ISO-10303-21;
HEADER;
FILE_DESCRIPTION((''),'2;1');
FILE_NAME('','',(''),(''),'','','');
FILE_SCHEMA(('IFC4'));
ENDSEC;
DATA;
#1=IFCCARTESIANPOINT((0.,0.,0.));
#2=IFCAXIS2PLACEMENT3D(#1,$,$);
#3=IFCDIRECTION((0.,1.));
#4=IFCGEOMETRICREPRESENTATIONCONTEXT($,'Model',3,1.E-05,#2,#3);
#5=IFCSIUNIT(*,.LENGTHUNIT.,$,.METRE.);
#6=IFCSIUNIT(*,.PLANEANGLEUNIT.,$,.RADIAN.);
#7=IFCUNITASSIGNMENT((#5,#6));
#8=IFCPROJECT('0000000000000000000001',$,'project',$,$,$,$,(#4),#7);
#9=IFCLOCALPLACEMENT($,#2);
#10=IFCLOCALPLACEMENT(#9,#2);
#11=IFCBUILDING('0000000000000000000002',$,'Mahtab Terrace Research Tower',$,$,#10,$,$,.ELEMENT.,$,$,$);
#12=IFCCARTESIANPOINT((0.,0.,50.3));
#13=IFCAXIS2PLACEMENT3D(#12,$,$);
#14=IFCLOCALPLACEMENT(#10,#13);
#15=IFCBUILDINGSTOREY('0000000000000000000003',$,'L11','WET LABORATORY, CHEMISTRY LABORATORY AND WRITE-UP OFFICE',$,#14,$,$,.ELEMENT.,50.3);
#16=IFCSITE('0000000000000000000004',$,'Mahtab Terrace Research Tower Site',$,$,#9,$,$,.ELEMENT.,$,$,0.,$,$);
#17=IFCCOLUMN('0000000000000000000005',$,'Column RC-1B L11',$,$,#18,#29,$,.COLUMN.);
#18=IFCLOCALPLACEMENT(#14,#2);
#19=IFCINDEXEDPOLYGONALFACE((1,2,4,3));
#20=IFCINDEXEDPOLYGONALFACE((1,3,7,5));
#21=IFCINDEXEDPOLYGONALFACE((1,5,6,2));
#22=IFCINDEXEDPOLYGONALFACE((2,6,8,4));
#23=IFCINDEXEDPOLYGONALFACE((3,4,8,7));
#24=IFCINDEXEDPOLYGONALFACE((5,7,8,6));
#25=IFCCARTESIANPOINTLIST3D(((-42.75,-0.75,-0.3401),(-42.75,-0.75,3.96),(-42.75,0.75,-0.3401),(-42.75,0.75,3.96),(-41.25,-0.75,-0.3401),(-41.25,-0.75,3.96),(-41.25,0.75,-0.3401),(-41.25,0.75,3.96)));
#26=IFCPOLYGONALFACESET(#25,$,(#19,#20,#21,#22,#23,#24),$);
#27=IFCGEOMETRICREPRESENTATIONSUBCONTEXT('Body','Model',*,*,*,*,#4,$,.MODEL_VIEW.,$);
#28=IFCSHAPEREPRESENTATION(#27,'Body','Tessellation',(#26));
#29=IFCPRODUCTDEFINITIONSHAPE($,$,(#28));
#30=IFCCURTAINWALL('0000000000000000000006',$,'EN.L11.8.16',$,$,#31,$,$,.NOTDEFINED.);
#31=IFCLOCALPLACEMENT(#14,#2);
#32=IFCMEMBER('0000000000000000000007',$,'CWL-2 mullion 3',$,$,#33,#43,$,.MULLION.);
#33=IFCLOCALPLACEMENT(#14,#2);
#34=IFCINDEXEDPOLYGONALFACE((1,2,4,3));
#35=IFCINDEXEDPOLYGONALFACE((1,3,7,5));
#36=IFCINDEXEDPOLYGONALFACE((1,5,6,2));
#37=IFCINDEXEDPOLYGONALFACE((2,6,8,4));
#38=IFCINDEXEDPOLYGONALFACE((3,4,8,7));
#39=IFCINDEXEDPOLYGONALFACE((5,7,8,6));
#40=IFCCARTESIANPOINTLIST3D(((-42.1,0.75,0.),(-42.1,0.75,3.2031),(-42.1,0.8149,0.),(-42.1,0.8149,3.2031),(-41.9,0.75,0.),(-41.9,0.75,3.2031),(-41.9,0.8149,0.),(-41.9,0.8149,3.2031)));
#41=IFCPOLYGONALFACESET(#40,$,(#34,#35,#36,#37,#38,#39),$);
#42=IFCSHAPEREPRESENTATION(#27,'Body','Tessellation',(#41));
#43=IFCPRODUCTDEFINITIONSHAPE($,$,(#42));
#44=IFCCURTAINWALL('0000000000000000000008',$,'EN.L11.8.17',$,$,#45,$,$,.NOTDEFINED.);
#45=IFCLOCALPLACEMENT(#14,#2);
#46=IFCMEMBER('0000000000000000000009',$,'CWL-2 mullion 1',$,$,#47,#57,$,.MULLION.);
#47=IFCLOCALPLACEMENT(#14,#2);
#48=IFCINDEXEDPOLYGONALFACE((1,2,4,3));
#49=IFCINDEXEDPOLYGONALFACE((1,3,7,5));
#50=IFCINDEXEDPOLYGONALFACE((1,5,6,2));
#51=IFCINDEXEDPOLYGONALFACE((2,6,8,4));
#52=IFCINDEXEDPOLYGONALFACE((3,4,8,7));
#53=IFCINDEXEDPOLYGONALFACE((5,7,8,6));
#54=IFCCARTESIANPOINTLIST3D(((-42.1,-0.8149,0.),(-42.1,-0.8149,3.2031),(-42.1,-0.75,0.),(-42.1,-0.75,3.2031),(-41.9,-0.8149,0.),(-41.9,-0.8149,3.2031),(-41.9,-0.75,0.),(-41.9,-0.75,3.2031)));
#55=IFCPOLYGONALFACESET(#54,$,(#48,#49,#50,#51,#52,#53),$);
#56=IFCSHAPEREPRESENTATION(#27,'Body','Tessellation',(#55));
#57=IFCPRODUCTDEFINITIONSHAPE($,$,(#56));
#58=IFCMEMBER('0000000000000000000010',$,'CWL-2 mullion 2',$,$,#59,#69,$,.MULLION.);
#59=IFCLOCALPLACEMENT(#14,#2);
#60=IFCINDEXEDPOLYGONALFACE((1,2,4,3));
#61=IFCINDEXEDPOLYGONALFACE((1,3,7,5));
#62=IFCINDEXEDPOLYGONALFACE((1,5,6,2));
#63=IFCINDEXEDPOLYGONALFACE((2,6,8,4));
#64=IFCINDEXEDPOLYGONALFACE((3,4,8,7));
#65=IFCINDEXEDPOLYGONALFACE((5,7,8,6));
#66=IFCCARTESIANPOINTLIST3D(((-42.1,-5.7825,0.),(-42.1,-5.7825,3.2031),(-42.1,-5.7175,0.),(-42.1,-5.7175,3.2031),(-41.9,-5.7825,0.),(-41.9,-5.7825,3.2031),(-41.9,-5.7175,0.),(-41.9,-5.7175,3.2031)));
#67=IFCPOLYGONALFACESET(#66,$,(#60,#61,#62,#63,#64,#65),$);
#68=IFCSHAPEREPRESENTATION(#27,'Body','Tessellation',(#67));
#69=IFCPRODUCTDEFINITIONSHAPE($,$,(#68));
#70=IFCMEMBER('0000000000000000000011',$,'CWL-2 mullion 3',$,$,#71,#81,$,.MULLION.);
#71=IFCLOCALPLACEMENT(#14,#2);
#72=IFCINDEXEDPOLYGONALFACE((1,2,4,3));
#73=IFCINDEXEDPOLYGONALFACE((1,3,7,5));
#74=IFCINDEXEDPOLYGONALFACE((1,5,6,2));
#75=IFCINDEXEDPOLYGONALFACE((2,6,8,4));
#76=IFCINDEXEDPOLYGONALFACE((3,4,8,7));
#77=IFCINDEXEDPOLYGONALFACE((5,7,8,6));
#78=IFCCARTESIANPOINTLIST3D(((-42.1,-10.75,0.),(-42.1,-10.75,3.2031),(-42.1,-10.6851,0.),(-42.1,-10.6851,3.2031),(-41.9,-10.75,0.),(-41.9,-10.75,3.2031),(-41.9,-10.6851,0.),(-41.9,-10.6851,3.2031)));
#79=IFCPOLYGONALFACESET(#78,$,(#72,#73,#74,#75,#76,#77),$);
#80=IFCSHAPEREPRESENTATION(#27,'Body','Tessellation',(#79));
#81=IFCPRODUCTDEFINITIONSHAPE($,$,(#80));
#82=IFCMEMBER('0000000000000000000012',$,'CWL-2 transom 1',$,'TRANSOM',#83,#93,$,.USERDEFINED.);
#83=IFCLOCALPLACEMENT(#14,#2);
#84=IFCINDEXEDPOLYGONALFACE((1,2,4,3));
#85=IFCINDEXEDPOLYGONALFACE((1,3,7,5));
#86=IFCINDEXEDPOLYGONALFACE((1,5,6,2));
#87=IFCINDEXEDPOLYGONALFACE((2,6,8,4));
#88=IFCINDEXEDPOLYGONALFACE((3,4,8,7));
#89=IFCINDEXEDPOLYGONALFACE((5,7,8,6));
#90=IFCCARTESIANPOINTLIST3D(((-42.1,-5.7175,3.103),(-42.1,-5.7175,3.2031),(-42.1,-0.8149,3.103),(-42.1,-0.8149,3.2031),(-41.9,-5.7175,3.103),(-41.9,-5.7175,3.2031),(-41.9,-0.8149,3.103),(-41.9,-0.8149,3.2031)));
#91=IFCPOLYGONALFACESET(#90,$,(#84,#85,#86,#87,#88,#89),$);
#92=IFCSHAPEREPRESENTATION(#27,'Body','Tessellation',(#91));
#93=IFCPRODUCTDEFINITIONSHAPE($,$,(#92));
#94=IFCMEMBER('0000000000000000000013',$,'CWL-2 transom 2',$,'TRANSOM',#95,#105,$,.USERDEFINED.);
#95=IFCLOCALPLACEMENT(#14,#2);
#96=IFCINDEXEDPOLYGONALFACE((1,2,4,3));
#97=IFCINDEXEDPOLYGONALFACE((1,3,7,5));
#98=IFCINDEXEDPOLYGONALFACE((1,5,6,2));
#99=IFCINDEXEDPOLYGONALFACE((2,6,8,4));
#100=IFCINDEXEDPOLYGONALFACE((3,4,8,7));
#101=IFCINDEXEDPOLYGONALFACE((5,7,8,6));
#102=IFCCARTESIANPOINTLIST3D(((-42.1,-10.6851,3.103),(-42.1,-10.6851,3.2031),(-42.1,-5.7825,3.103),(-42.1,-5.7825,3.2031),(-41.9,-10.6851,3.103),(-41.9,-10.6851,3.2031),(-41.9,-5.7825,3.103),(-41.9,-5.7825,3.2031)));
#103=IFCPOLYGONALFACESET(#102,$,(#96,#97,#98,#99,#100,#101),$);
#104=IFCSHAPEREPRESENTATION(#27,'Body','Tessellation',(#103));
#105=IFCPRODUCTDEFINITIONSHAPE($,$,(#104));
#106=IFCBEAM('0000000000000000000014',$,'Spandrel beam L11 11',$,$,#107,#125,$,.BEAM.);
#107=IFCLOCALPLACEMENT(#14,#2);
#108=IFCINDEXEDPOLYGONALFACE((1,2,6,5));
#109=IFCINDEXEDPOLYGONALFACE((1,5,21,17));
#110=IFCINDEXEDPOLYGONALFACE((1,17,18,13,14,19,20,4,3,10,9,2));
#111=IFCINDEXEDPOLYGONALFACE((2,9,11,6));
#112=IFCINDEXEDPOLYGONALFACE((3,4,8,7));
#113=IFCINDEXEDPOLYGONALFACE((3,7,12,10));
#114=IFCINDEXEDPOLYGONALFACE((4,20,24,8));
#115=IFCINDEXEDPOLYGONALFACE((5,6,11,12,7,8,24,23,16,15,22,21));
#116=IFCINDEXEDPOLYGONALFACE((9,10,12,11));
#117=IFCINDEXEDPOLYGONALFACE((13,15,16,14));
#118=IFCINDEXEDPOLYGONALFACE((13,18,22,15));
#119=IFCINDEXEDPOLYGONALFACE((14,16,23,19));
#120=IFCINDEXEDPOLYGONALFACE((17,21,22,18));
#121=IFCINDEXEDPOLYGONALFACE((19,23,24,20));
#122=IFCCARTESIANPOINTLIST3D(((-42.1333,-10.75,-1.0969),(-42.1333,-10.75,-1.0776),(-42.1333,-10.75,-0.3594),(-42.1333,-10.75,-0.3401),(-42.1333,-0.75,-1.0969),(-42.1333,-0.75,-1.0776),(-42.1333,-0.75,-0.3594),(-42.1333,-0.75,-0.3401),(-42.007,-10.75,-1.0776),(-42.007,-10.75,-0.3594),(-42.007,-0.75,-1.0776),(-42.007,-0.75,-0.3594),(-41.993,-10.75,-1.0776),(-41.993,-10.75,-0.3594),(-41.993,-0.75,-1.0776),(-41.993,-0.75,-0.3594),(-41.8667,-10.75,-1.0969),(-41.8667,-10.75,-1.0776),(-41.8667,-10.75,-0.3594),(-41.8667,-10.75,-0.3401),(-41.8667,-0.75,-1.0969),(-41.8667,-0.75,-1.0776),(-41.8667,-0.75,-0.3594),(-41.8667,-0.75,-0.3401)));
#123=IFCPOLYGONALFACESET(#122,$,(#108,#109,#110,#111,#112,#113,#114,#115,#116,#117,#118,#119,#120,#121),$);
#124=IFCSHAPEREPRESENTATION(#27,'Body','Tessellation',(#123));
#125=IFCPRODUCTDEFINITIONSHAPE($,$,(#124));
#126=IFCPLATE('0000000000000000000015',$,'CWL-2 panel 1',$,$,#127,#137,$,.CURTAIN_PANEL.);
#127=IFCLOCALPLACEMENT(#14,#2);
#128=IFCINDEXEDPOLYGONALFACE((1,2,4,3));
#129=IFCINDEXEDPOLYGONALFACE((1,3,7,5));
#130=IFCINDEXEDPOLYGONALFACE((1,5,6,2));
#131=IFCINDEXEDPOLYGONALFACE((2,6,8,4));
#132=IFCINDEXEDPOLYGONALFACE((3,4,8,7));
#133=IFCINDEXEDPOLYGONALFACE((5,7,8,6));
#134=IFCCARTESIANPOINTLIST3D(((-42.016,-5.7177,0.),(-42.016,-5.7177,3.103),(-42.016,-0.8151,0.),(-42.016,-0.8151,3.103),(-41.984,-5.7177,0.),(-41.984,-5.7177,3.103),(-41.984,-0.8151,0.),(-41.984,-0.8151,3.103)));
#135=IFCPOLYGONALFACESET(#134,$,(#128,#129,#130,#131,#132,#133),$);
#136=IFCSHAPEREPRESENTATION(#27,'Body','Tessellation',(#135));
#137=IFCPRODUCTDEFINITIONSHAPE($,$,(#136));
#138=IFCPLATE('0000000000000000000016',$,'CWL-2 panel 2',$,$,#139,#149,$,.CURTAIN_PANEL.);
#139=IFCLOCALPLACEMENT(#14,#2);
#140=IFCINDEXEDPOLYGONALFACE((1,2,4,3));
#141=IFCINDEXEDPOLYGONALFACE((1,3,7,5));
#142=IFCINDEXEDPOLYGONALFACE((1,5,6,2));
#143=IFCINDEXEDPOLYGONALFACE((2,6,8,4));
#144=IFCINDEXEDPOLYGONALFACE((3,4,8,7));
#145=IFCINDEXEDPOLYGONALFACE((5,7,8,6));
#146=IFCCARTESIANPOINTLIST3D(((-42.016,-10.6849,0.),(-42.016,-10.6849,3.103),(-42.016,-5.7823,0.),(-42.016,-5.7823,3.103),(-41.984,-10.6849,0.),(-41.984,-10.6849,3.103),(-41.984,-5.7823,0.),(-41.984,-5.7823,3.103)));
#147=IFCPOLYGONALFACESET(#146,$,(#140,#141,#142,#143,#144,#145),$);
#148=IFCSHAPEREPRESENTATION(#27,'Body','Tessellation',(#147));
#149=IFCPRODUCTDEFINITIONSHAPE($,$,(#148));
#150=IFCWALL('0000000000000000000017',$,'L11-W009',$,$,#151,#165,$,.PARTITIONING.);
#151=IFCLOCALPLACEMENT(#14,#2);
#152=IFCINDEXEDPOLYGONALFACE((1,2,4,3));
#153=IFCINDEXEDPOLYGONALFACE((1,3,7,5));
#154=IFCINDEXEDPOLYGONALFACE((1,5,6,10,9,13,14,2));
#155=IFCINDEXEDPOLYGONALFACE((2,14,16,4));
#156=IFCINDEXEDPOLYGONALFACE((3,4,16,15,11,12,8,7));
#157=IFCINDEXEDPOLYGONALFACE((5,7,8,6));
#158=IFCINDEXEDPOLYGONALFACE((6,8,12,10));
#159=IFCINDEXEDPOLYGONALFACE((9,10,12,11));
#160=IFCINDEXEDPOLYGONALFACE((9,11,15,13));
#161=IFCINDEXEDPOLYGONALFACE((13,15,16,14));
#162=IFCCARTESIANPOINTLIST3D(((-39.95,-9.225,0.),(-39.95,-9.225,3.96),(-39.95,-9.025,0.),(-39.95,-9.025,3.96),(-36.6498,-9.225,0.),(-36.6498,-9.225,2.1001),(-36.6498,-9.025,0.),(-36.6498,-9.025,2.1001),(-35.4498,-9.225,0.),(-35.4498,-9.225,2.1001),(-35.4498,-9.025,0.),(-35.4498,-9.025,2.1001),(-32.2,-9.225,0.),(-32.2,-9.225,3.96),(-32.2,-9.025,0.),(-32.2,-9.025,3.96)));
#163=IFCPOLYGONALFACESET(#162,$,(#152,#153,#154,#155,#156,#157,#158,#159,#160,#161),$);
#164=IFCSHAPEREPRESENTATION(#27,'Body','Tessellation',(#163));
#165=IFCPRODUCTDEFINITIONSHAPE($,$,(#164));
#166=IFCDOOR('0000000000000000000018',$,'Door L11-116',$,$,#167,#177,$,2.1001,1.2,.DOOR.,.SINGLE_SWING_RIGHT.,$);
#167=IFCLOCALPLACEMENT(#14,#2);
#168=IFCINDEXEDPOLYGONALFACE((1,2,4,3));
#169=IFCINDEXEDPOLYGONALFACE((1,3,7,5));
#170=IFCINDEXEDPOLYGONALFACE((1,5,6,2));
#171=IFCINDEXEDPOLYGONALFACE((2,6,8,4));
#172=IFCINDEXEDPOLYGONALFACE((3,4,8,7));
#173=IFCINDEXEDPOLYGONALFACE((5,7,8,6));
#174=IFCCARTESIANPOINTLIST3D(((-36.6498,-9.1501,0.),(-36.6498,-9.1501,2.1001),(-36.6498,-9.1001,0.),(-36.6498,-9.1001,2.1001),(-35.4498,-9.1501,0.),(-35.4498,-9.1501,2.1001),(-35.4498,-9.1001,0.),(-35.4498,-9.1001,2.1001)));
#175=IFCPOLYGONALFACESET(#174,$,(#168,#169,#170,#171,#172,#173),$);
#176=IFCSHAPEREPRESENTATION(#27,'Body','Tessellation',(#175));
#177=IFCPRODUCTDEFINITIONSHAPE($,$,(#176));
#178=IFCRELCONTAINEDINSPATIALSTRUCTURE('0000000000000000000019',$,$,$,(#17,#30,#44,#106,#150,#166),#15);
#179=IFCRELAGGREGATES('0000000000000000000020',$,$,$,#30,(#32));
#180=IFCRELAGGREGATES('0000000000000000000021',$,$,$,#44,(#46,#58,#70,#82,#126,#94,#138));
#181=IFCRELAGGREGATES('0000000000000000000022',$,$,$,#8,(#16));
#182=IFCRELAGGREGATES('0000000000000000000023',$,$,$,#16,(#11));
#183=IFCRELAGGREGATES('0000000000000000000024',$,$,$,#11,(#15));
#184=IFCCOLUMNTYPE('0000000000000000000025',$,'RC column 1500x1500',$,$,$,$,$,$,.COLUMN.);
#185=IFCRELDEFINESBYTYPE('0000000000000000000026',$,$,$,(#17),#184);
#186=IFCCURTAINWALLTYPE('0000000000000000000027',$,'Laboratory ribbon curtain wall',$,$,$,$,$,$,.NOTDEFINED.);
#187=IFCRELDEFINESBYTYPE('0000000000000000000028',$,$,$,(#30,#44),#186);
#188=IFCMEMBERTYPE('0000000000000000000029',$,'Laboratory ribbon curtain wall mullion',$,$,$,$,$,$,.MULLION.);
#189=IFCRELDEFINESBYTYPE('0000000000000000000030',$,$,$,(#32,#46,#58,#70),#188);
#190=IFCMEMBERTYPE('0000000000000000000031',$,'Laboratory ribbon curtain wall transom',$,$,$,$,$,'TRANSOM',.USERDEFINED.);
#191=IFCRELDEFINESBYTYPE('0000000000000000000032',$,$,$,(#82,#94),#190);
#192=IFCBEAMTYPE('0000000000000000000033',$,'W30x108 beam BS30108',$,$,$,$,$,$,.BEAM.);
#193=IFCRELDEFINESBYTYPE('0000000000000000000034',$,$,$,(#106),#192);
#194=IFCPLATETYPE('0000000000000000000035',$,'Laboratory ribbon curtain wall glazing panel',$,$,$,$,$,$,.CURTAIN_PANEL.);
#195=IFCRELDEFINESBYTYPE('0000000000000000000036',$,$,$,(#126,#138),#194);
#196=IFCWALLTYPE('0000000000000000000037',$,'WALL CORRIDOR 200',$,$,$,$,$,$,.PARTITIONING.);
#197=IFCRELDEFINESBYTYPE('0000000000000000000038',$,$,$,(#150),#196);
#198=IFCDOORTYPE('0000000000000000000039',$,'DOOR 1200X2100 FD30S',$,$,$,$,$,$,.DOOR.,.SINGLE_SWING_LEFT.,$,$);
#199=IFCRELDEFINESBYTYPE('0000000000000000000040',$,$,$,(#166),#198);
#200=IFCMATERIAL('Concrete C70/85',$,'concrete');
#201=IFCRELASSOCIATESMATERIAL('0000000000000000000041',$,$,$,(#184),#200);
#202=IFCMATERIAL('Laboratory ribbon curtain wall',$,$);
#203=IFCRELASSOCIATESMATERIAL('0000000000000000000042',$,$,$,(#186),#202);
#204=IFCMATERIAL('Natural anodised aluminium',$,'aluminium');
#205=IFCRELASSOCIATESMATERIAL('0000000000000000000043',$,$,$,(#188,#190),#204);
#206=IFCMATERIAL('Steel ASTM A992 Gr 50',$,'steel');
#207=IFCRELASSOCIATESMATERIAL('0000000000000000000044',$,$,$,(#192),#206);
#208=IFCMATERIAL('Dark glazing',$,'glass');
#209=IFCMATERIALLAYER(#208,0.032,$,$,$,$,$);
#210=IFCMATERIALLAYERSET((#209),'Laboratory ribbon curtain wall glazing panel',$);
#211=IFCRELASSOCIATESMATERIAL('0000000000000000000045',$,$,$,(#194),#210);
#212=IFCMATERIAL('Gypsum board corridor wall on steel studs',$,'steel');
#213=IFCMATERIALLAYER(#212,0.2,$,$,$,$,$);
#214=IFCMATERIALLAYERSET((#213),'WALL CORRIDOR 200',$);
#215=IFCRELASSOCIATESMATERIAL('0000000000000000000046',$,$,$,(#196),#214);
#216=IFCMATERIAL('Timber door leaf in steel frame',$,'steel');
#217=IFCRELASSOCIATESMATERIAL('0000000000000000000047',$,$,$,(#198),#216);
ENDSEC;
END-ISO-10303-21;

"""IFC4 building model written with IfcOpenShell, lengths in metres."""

from ifc_helpers import new_model, si_unit, direction, frame, frame_2d, origin, origin_2d, place, context, subcontext, project, spatial, rectangle, i_section, extrude, material, layer, layer_set, material_profile, profile_set, type_object, element, fill, aggregate, save


model = new_model("IFC4")

# Units and contexts
model_context = context("Model", 3, precision=1e-05, world=origin(), true_north=direction((0.0, 1.0)))
body_context = subcontext(model_context, "Body", "Model", "MODEL_VIEW")
ifc_project = project(units=[si_unit("LENGTHUNIT", "METRE"), si_unit("PLANEANGLEUNIT", "RADIAN")], contexts=[model_context])

# Site, building, storey
site_placement = place(None, origin())
site = spatial("IfcSite", under=ifc_project, at=site_placement, Name="Mahtab Terrace Research Tower Site", CompositionType="ELEMENT", RefElevation=0.0)
building_placement = place(site_placement, origin())
building = spatial("IfcBuilding", under=site, at=building_placement, Name="Mahtab Terrace Research Tower", CompositionType="ELEMENT")
storey_placement = place(building_placement, frame((0.0, 0.0, 50.3)))
storey = spatial("IfcBuildingStorey", under=building, at=storey_placement, Name="L11", Description="WET LABORATORY, CHEMISTRY LABORATORY AND WRITE-UP OFFICE", CompositionType="ELEMENT", Elevation=50.3)

# Column
ifc_material_1 = material(Name="Concrete C70/85", Category="concrete")
ifc_material_profile_1 = material_profile(ifc_material_1, rectangle(XDim=1.5, YDim=1.5, at=origin_2d()), Name="RC column 1500x1500")
ifc_profile_set_1 = profile_set([ifc_material_profile_1], Name="Concrete C70/85")
column_type = type_object("IfcColumnType", Name="RC column 1500x1500", PredefinedType="COLUMN", material=ifc_profile_set_1)
column_placement = place(storey_placement, frame((-42.0, 0.0, -0.3401), z_axis=(0.0, 0.0, 1.0), x_axis=(1.0, 0.0, 0.0)))
element("IfcColumn", 1, at=column_placement, inside=storey, type_object=column_type, Name="Column RC-1B L11", PredefinedType="COLUMN", context=body_context, shape_type="SweptSolid", body=[
    extrude(rectangle(XDim=1.5, YDim=1.5, at=origin_2d()), origin(), (0.0, 0.0, 1.0), 4.3),
])

# Curtain wall, member
ifc_material_2 = material(Name="Laboratory ribbon curtain wall")
curtain_wall_type = type_object("IfcCurtainWallType", Name="Laboratory ribbon curtain wall", PredefinedType="NOTDEFINED", material=ifc_material_2)
curtain_wall_1_placement = place(storey_placement, origin())
curtain_wall_1 = element("IfcCurtainWall", 2, at=curtain_wall_1_placement, inside=storey, type_object=curtain_wall_type, Name="EN.L11.8.16", PredefinedType="NOTDEFINED")
ifc_material_3 = material(Name="Natural anodised aluminium", Category="aluminium")
ifc_material_profile_2 = material_profile(ifc_material_3, rectangle(XDim=0.2, YDim=0.0649, at=origin_2d()), Name="MULLION 65x200")
ifc_profile_set_2 = profile_set([ifc_material_profile_2], Name="Natural anodised aluminium")
member_type_1 = type_object("IfcMemberType", Name="Laboratory ribbon curtain wall mullion", PredefinedType="MULLION", material=ifc_profile_set_2)
member_1_placement = place(storey_placement, frame((-42.0, 0.7825, 0.0), z_axis=(0.0, 0.0, 1.0), x_axis=(1.0, 0.0, 0.0)))
member_1 = element("IfcMember", 3, at=member_1_placement, type_object=member_type_1, Name="CWL-2 mullion 3", PredefinedType="MULLION", context=body_context, shape_type="SweptSolid", body=[
    extrude(rectangle(XDim=0.2, YDim=0.0649, at=origin_2d()), origin(), (0.0, 0.0, 1.0), 3.2031),
])
aggregate(curtain_wall_1, [member_1])

# Curtain wall, members
curtain_wall_2_placement = place(storey_placement, origin())
curtain_wall_2 = element("IfcCurtainWall", 4, at=curtain_wall_2_placement, inside=storey, type_object=curtain_wall_type, Name="EN.L11.8.17", PredefinedType="NOTDEFINED")
member_2_placement = place(storey_placement, frame((-42.0, -0.7825, 0.0), z_axis=(0.0, 0.0, 1.0), x_axis=(1.0, 0.0, 0.0)))
member_2 = element("IfcMember", 5, at=member_2_placement, type_object=member_type_1, Name="CWL-2 mullion 1", PredefinedType="MULLION", context=body_context, shape_type="SweptSolid", body=[
    extrude(rectangle(XDim=0.2, YDim=0.0649, at=origin_2d()), origin(), (0.0, 0.0, 1.0), 3.2031),
])
member_3_placement = place(storey_placement, frame((-42.0, -5.75, 0.0), z_axis=(0.0, 0.0, 1.0), x_axis=(1.0, 0.0, 0.0)))
member_3 = element("IfcMember", 6, at=member_3_placement, type_object=member_type_1, Name="CWL-2 mullion 2", PredefinedType="MULLION", context=body_context, shape_type="SweptSolid", body=[
    extrude(rectangle(XDim=0.2, YDim=0.0649, at=origin_2d()), origin(), (0.0, 0.0, 1.0), 3.2031),
])
member_4_placement = place(storey_placement, frame((-42.0, -10.7175, 0.0), z_axis=(0.0, 0.0, 1.0), x_axis=(1.0, 0.0, 0.0)))
member_4 = element("IfcMember", 7, at=member_4_placement, type_object=member_type_1, Name="CWL-2 mullion 3", PredefinedType="MULLION", context=body_context, shape_type="SweptSolid", body=[
    extrude(rectangle(XDim=0.2, YDim=0.0649, at=origin_2d()), origin(), (0.0, 0.0, 1.0), 3.2031),
])
ifc_material_profile_3 = material_profile(ifc_material_3, rectangle(XDim=0.2, YDim=0.1001, at=origin_2d()), Name="TRANSOM 100x200")
ifc_profile_set_3 = profile_set([ifc_material_profile_3], Name="Natural anodised aluminium")
member_type_2 = type_object("IfcMemberType", Name="Laboratory ribbon curtain wall transom", ElementType="TRANSOM", PredefinedType="USERDEFINED", material=ifc_profile_set_3)
member_5_placement = place(storey_placement, frame((-42.0, -0.8149, 3.1531), z_axis=(0.0, -1.0, 0.0), x_axis=(1.0, 0.0, 0.0)))
member_5 = element("IfcMember", 8, at=member_5_placement, type_object=member_type_2, Name="CWL-2 transom 1", ObjectType="TRANSOM", PredefinedType="USERDEFINED", context=body_context, shape_type="SweptSolid", body=[
    extrude(rectangle(XDim=0.2, YDim=0.1001, at=origin_2d()), origin(), (0.0, 0.0, 1.0), 4.9026),
])
member_6_placement = place(storey_placement, frame((-42.0, -5.7825, 3.1531), z_axis=(0.0, -1.0, 0.0), x_axis=(1.0, 0.0, 0.0)))
member_6 = element("IfcMember", 9, at=member_6_placement, type_object=member_type_2, Name="CWL-2 transom 2", ObjectType="TRANSOM", PredefinedType="USERDEFINED", context=body_context, shape_type="SweptSolid", body=[
    extrude(rectangle(XDim=0.2, YDim=0.1001, at=origin_2d()), origin(), (0.0, 0.0, 1.0), 4.9026),
])

# Beam
ifc_material_4 = material(Name="Steel ASTM A992 Gr 50", Category="steel")
ifc_material_profile_4 = material_profile(ifc_material_4, i_section(OverallWidth=0.2666, OverallDepth=0.7568, WebThickness=0.0139, FlangeThickness=0.0193, at=origin_2d()), Name="W30X108")
ifc_profile_set_4 = profile_set([ifc_material_profile_4], Name="Steel ASTM A992 Gr 50")
beam_type = type_object("IfcBeamType", Name="W30x108 beam BS30108", PredefinedType="BEAM", material=ifc_profile_set_4)
beam_placement = place(storey_placement, frame((-42.0, -0.75, -0.7185), z_axis=(0.0, -1.0, 0.0), x_axis=(1.0, 0.0, 0.0)))
element("IfcBeam", 10, at=beam_placement, inside=storey, type_object=beam_type, Name="Spandrel beam L11 11", PredefinedType="BEAM", context=body_context, shape_type="SweptSolid", body=[
    extrude(i_section(OverallWidth=0.2666, OverallDepth=0.7568, WebThickness=0.0139, FlangeThickness=0.0193, at=origin_2d()), origin(), (0.0, 0.0, 1.0), 10.0),
])

# Plates
ifc_material_5 = material(Name="Dark glazing", Category="glass")
ifc_layer_1 = layer(ifc_material_5, 0.032)
ifc_layer_set_1 = layer_set([ifc_layer_1], Name="Laboratory ribbon curtain wall glazing panel")
plate_type = type_object("IfcPlateType", Name="Laboratory ribbon curtain wall glazing panel", PredefinedType="CURTAIN_PANEL", material=ifc_layer_set_1)
plate_1_placement = place(storey_placement, frame((-42.0, -3.2664, 0.0), z_axis=(0.0, 0.0, 1.0), x_axis=(0.0, -1.0, 0.0)))
plate_1 = element("IfcPlate", 11, at=plate_1_placement, type_object=plate_type, Name="CWL-2 panel 1", PredefinedType="CURTAIN_PANEL", context=body_context, shape_type="SweptSolid", body=[
    extrude(rectangle(XDim=4.9026, YDim=0.032, at=origin_2d()), origin(), (0.0, 0.0, 1.0), 3.103),
])
plate_2_placement = place(storey_placement, frame((-42.0, -8.2336, 0.0), z_axis=(0.0, 0.0, 1.0), x_axis=(0.0, -1.0, 0.0)))
plate_2 = element("IfcPlate", 12, at=plate_2_placement, type_object=plate_type, Name="CWL-2 panel 2", PredefinedType="CURTAIN_PANEL", context=body_context, shape_type="SweptSolid", body=[
    extrude(rectangle(XDim=4.9026, YDim=0.032, at=origin_2d()), origin(), (0.0, 0.0, 1.0), 3.103),
])
aggregate(curtain_wall_2, [member_2, member_3, member_4, member_5, plate_1, member_6, plate_2])

# Wall, opening, door
ifc_material_6 = material(Name="Gypsum board corridor wall on steel studs", Category="steel")
ifc_layer_2 = layer(ifc_material_6, 0.2)
ifc_layer_set_2 = layer_set([ifc_layer_2], Name="WALL CORRIDOR 200")
wall_type_1 = type_object("IfcWallType", Name="WALL CORRIDOR 200", PredefinedType="PARTITIONING", material=ifc_layer_set_2)
wall_1_placement = place(storey_placement, frame((-39.95, -9.125, 0.0), z_axis=(0.0, 0.0, 1.0), x_axis=(1.0, 0.0, 0.0)))
wall_1 = element("IfcWall", 13, at=wall_1_placement, inside=storey, type_object=wall_type_1, Name="L11-W009", PredefinedType="PARTITIONING", context=body_context, shape_type="SweptSolid", body=[
    extrude(rectangle(XDim=7.75, YDim=0.2, at=frame_2d((3.875, 0.0))), origin(), (0.0, 0.0, 1.0), 3.96),
])
opening_1_placement = place(wall_1_placement, frame((3.3, 0.0, 0.0)))
opening_1 = element("IfcOpeningElement", 14, at=opening_1_placement, cuts=wall_1, PredefinedType="OPENING", context=body_context, shape_type="SweptSolid", body=[
    extrude(rectangle(XDim=1.2, YDim=2.1001, at=frame_2d((0.6001, 1.05))), frame((0.0, 0.1099, 0.0), z_axis=(0.0, -1.0, 0.0), x_axis=(1.0, 0.0, 0.0)), (0.0, 0.0, 1.0), 0.22),
])
ifc_material_7 = material(Name="Timber door leaf in steel frame", Category="steel")
door_type = type_object("IfcDoorType", Name="DOOR 1200X2100 FD30S", OperationType="SINGLE_SWING_LEFT", PredefinedType="DOOR", material=ifc_material_7)
door_1_placement = place(opening_1_placement, origin())
door_1 = element("IfcDoor", 15, at=door_1_placement, inside=storey, type_object=door_type, Name="Door L11-116", OperationType="SINGLE_SWING_RIGHT", OverallHeight=2.1001, OverallWidth=1.2, PredefinedType="DOOR", context=body_context, shape_type="SweptSolid", body=[
    extrude(rectangle(XDim=1.2, YDim=2.1001, at=frame_2d((0.6001, 1.05))), frame((0.0, 0.0249, 0.0), z_axis=(0.0, -1.0, 0.0), x_axis=(1.0, 0.0, 0.0)), (0.0, 0.0, 1.0), 0.05),
])
fill(opening_1, door_1)

save(model, "model.ifc")
